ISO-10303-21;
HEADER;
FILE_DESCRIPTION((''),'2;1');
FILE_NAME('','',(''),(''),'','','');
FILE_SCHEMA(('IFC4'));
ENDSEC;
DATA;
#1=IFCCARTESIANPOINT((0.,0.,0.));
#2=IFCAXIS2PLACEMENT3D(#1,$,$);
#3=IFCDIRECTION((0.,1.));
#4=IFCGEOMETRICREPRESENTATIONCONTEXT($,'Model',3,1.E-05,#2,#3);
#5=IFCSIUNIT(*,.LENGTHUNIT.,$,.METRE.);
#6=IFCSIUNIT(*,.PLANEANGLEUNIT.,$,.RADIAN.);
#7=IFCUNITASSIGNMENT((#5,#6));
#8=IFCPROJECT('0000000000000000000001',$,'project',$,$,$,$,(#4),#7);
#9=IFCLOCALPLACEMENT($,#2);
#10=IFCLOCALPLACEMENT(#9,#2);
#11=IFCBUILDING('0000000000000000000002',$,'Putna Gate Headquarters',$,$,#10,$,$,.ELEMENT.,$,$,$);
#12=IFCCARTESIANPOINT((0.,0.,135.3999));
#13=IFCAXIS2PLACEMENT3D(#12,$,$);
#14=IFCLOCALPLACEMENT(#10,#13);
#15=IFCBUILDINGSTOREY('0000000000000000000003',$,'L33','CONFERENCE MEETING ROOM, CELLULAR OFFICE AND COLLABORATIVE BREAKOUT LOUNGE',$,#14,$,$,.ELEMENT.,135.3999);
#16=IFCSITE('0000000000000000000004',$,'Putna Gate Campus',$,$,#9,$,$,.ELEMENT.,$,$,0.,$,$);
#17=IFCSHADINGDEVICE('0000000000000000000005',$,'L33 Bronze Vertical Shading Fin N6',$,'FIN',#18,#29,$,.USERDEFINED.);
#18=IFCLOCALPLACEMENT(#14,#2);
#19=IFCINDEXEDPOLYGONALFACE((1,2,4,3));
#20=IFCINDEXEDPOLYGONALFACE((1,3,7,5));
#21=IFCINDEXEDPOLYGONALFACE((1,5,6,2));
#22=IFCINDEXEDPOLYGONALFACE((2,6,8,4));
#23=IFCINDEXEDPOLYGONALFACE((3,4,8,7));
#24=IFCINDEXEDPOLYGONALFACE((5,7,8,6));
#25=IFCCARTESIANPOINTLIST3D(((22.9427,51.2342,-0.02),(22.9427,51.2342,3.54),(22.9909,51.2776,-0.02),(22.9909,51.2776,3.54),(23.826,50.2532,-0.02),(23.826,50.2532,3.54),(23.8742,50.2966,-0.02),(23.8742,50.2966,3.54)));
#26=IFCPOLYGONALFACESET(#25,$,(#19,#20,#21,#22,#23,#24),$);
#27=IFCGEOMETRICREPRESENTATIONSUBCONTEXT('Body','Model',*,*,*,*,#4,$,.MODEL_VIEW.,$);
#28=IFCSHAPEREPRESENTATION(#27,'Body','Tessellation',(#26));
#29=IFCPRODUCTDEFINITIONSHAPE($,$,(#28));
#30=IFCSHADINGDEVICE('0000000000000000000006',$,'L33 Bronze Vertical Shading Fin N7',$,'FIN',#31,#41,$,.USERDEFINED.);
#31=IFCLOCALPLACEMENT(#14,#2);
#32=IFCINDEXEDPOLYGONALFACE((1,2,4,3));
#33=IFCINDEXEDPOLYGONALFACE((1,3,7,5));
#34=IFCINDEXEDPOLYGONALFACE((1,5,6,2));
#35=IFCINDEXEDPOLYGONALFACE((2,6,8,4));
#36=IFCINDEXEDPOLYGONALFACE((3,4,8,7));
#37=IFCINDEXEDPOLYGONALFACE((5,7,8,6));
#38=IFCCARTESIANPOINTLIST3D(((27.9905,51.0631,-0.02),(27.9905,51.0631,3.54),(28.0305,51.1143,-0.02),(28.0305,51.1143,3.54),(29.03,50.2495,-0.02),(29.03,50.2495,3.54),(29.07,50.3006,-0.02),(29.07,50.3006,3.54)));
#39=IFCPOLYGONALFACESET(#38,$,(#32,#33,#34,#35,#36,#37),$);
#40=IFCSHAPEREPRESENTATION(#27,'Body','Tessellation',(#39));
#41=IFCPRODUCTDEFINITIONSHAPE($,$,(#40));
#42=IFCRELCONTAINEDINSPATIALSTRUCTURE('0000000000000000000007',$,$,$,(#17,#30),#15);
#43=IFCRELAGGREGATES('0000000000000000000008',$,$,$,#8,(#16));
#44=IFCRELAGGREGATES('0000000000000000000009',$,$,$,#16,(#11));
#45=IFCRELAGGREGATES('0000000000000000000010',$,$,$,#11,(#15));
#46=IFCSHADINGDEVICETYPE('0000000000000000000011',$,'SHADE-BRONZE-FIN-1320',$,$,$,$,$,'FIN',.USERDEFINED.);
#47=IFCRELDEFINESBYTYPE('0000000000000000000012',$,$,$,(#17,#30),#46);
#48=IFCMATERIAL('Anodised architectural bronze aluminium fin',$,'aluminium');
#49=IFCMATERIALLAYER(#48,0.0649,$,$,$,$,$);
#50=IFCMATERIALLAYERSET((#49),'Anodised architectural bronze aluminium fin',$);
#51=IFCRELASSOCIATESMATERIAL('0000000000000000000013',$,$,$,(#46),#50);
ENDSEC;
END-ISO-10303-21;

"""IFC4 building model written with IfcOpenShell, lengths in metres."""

from ifc_helpers import new_model, si_unit, direction, frame, origin, origin_2d, place, context, subcontext, project, spatial, rectangle, extrude, material, layer, layer_set, type_object, element, save


model = new_model("IFC4")

# Units and contexts
model_context = context("Model", 3, precision=1e-05, world=origin(), true_north=direction((0.0, 1.0)))
body_context = subcontext(model_context, "Body", "Model", "MODEL_VIEW")
ifc_project = project(units=[si_unit("LENGTHUNIT", "METRE"), si_unit("PLANEANGLEUNIT", "RADIAN")], contexts=[model_context])

# Site, building, storey
site_placement = place(None, origin())
site = spatial("IfcSite", under=ifc_project, at=site_placement, Name="Putna Gate Campus", CompositionType="ELEMENT", RefElevation=0.0)
building_placement = place(site_placement, origin())
building = spatial("IfcBuilding", under=site, at=building_placement, Name="Putna Gate Headquarters", CompositionType="ELEMENT")
storey_placement = place(building_placement, frame((0.0, 0.0, 135.3999)))
storey = spatial("IfcBuildingStorey", under=building, at=storey_placement, Name="L33", Description="CONFERENCE MEETING ROOM, CELLULAR OFFICE AND COLLABORATIVE BREAKOUT LOUNGE", CompositionType="ELEMENT", Elevation=135.3999)

# Shading devices
ifc_material_1 = material(Name="Anodised architectural bronze aluminium fin", Category="aluminium")
ifc_layer_1 = layer(ifc_material_1, 0.0649)
ifc_layer_set_1 = layer_set([ifc_layer_1], Name="Anodised architectural bronze aluminium fin")
shading_device_type = type_object("IfcShadingDeviceType", Name="SHADE-BRONZE-FIN-1320", ElementType="FIN", PredefinedType="USERDEFINED", material=ifc_layer_set_1)
for number, where, z_axis, x_axis, name in (
    (1, (23.4084, 50.7654, -0.02), (0.0, 0.0, 1.0), (-0.669131, 0.743145, 0.0), "L33 Bronze Vertical Shading Fin N6"),
    (2, (28.5303, 50.6819, -0.02), (0.0, 0.0, 1.0), (-0.787473, 0.616349, 0.0), "L33 Bronze Vertical Shading Fin N7"),
):
    element("IfcShadingDevice", number, at=place(storey_placement, frame(where, z_axis=z_axis, x_axis=x_axis)), inside=storey, type_object=shading_device_type, Name=name, ObjectType="FIN", PredefinedType="USERDEFINED", context=body_context, shape_type="SweptSolid", body=[
        extrude(rectangle(XDim=1.3201, YDim=0.0649, at=origin_2d()), origin(), (0.0, 0.0, 1.0), 3.5601),
    ])

save(model, "model.ifc")
